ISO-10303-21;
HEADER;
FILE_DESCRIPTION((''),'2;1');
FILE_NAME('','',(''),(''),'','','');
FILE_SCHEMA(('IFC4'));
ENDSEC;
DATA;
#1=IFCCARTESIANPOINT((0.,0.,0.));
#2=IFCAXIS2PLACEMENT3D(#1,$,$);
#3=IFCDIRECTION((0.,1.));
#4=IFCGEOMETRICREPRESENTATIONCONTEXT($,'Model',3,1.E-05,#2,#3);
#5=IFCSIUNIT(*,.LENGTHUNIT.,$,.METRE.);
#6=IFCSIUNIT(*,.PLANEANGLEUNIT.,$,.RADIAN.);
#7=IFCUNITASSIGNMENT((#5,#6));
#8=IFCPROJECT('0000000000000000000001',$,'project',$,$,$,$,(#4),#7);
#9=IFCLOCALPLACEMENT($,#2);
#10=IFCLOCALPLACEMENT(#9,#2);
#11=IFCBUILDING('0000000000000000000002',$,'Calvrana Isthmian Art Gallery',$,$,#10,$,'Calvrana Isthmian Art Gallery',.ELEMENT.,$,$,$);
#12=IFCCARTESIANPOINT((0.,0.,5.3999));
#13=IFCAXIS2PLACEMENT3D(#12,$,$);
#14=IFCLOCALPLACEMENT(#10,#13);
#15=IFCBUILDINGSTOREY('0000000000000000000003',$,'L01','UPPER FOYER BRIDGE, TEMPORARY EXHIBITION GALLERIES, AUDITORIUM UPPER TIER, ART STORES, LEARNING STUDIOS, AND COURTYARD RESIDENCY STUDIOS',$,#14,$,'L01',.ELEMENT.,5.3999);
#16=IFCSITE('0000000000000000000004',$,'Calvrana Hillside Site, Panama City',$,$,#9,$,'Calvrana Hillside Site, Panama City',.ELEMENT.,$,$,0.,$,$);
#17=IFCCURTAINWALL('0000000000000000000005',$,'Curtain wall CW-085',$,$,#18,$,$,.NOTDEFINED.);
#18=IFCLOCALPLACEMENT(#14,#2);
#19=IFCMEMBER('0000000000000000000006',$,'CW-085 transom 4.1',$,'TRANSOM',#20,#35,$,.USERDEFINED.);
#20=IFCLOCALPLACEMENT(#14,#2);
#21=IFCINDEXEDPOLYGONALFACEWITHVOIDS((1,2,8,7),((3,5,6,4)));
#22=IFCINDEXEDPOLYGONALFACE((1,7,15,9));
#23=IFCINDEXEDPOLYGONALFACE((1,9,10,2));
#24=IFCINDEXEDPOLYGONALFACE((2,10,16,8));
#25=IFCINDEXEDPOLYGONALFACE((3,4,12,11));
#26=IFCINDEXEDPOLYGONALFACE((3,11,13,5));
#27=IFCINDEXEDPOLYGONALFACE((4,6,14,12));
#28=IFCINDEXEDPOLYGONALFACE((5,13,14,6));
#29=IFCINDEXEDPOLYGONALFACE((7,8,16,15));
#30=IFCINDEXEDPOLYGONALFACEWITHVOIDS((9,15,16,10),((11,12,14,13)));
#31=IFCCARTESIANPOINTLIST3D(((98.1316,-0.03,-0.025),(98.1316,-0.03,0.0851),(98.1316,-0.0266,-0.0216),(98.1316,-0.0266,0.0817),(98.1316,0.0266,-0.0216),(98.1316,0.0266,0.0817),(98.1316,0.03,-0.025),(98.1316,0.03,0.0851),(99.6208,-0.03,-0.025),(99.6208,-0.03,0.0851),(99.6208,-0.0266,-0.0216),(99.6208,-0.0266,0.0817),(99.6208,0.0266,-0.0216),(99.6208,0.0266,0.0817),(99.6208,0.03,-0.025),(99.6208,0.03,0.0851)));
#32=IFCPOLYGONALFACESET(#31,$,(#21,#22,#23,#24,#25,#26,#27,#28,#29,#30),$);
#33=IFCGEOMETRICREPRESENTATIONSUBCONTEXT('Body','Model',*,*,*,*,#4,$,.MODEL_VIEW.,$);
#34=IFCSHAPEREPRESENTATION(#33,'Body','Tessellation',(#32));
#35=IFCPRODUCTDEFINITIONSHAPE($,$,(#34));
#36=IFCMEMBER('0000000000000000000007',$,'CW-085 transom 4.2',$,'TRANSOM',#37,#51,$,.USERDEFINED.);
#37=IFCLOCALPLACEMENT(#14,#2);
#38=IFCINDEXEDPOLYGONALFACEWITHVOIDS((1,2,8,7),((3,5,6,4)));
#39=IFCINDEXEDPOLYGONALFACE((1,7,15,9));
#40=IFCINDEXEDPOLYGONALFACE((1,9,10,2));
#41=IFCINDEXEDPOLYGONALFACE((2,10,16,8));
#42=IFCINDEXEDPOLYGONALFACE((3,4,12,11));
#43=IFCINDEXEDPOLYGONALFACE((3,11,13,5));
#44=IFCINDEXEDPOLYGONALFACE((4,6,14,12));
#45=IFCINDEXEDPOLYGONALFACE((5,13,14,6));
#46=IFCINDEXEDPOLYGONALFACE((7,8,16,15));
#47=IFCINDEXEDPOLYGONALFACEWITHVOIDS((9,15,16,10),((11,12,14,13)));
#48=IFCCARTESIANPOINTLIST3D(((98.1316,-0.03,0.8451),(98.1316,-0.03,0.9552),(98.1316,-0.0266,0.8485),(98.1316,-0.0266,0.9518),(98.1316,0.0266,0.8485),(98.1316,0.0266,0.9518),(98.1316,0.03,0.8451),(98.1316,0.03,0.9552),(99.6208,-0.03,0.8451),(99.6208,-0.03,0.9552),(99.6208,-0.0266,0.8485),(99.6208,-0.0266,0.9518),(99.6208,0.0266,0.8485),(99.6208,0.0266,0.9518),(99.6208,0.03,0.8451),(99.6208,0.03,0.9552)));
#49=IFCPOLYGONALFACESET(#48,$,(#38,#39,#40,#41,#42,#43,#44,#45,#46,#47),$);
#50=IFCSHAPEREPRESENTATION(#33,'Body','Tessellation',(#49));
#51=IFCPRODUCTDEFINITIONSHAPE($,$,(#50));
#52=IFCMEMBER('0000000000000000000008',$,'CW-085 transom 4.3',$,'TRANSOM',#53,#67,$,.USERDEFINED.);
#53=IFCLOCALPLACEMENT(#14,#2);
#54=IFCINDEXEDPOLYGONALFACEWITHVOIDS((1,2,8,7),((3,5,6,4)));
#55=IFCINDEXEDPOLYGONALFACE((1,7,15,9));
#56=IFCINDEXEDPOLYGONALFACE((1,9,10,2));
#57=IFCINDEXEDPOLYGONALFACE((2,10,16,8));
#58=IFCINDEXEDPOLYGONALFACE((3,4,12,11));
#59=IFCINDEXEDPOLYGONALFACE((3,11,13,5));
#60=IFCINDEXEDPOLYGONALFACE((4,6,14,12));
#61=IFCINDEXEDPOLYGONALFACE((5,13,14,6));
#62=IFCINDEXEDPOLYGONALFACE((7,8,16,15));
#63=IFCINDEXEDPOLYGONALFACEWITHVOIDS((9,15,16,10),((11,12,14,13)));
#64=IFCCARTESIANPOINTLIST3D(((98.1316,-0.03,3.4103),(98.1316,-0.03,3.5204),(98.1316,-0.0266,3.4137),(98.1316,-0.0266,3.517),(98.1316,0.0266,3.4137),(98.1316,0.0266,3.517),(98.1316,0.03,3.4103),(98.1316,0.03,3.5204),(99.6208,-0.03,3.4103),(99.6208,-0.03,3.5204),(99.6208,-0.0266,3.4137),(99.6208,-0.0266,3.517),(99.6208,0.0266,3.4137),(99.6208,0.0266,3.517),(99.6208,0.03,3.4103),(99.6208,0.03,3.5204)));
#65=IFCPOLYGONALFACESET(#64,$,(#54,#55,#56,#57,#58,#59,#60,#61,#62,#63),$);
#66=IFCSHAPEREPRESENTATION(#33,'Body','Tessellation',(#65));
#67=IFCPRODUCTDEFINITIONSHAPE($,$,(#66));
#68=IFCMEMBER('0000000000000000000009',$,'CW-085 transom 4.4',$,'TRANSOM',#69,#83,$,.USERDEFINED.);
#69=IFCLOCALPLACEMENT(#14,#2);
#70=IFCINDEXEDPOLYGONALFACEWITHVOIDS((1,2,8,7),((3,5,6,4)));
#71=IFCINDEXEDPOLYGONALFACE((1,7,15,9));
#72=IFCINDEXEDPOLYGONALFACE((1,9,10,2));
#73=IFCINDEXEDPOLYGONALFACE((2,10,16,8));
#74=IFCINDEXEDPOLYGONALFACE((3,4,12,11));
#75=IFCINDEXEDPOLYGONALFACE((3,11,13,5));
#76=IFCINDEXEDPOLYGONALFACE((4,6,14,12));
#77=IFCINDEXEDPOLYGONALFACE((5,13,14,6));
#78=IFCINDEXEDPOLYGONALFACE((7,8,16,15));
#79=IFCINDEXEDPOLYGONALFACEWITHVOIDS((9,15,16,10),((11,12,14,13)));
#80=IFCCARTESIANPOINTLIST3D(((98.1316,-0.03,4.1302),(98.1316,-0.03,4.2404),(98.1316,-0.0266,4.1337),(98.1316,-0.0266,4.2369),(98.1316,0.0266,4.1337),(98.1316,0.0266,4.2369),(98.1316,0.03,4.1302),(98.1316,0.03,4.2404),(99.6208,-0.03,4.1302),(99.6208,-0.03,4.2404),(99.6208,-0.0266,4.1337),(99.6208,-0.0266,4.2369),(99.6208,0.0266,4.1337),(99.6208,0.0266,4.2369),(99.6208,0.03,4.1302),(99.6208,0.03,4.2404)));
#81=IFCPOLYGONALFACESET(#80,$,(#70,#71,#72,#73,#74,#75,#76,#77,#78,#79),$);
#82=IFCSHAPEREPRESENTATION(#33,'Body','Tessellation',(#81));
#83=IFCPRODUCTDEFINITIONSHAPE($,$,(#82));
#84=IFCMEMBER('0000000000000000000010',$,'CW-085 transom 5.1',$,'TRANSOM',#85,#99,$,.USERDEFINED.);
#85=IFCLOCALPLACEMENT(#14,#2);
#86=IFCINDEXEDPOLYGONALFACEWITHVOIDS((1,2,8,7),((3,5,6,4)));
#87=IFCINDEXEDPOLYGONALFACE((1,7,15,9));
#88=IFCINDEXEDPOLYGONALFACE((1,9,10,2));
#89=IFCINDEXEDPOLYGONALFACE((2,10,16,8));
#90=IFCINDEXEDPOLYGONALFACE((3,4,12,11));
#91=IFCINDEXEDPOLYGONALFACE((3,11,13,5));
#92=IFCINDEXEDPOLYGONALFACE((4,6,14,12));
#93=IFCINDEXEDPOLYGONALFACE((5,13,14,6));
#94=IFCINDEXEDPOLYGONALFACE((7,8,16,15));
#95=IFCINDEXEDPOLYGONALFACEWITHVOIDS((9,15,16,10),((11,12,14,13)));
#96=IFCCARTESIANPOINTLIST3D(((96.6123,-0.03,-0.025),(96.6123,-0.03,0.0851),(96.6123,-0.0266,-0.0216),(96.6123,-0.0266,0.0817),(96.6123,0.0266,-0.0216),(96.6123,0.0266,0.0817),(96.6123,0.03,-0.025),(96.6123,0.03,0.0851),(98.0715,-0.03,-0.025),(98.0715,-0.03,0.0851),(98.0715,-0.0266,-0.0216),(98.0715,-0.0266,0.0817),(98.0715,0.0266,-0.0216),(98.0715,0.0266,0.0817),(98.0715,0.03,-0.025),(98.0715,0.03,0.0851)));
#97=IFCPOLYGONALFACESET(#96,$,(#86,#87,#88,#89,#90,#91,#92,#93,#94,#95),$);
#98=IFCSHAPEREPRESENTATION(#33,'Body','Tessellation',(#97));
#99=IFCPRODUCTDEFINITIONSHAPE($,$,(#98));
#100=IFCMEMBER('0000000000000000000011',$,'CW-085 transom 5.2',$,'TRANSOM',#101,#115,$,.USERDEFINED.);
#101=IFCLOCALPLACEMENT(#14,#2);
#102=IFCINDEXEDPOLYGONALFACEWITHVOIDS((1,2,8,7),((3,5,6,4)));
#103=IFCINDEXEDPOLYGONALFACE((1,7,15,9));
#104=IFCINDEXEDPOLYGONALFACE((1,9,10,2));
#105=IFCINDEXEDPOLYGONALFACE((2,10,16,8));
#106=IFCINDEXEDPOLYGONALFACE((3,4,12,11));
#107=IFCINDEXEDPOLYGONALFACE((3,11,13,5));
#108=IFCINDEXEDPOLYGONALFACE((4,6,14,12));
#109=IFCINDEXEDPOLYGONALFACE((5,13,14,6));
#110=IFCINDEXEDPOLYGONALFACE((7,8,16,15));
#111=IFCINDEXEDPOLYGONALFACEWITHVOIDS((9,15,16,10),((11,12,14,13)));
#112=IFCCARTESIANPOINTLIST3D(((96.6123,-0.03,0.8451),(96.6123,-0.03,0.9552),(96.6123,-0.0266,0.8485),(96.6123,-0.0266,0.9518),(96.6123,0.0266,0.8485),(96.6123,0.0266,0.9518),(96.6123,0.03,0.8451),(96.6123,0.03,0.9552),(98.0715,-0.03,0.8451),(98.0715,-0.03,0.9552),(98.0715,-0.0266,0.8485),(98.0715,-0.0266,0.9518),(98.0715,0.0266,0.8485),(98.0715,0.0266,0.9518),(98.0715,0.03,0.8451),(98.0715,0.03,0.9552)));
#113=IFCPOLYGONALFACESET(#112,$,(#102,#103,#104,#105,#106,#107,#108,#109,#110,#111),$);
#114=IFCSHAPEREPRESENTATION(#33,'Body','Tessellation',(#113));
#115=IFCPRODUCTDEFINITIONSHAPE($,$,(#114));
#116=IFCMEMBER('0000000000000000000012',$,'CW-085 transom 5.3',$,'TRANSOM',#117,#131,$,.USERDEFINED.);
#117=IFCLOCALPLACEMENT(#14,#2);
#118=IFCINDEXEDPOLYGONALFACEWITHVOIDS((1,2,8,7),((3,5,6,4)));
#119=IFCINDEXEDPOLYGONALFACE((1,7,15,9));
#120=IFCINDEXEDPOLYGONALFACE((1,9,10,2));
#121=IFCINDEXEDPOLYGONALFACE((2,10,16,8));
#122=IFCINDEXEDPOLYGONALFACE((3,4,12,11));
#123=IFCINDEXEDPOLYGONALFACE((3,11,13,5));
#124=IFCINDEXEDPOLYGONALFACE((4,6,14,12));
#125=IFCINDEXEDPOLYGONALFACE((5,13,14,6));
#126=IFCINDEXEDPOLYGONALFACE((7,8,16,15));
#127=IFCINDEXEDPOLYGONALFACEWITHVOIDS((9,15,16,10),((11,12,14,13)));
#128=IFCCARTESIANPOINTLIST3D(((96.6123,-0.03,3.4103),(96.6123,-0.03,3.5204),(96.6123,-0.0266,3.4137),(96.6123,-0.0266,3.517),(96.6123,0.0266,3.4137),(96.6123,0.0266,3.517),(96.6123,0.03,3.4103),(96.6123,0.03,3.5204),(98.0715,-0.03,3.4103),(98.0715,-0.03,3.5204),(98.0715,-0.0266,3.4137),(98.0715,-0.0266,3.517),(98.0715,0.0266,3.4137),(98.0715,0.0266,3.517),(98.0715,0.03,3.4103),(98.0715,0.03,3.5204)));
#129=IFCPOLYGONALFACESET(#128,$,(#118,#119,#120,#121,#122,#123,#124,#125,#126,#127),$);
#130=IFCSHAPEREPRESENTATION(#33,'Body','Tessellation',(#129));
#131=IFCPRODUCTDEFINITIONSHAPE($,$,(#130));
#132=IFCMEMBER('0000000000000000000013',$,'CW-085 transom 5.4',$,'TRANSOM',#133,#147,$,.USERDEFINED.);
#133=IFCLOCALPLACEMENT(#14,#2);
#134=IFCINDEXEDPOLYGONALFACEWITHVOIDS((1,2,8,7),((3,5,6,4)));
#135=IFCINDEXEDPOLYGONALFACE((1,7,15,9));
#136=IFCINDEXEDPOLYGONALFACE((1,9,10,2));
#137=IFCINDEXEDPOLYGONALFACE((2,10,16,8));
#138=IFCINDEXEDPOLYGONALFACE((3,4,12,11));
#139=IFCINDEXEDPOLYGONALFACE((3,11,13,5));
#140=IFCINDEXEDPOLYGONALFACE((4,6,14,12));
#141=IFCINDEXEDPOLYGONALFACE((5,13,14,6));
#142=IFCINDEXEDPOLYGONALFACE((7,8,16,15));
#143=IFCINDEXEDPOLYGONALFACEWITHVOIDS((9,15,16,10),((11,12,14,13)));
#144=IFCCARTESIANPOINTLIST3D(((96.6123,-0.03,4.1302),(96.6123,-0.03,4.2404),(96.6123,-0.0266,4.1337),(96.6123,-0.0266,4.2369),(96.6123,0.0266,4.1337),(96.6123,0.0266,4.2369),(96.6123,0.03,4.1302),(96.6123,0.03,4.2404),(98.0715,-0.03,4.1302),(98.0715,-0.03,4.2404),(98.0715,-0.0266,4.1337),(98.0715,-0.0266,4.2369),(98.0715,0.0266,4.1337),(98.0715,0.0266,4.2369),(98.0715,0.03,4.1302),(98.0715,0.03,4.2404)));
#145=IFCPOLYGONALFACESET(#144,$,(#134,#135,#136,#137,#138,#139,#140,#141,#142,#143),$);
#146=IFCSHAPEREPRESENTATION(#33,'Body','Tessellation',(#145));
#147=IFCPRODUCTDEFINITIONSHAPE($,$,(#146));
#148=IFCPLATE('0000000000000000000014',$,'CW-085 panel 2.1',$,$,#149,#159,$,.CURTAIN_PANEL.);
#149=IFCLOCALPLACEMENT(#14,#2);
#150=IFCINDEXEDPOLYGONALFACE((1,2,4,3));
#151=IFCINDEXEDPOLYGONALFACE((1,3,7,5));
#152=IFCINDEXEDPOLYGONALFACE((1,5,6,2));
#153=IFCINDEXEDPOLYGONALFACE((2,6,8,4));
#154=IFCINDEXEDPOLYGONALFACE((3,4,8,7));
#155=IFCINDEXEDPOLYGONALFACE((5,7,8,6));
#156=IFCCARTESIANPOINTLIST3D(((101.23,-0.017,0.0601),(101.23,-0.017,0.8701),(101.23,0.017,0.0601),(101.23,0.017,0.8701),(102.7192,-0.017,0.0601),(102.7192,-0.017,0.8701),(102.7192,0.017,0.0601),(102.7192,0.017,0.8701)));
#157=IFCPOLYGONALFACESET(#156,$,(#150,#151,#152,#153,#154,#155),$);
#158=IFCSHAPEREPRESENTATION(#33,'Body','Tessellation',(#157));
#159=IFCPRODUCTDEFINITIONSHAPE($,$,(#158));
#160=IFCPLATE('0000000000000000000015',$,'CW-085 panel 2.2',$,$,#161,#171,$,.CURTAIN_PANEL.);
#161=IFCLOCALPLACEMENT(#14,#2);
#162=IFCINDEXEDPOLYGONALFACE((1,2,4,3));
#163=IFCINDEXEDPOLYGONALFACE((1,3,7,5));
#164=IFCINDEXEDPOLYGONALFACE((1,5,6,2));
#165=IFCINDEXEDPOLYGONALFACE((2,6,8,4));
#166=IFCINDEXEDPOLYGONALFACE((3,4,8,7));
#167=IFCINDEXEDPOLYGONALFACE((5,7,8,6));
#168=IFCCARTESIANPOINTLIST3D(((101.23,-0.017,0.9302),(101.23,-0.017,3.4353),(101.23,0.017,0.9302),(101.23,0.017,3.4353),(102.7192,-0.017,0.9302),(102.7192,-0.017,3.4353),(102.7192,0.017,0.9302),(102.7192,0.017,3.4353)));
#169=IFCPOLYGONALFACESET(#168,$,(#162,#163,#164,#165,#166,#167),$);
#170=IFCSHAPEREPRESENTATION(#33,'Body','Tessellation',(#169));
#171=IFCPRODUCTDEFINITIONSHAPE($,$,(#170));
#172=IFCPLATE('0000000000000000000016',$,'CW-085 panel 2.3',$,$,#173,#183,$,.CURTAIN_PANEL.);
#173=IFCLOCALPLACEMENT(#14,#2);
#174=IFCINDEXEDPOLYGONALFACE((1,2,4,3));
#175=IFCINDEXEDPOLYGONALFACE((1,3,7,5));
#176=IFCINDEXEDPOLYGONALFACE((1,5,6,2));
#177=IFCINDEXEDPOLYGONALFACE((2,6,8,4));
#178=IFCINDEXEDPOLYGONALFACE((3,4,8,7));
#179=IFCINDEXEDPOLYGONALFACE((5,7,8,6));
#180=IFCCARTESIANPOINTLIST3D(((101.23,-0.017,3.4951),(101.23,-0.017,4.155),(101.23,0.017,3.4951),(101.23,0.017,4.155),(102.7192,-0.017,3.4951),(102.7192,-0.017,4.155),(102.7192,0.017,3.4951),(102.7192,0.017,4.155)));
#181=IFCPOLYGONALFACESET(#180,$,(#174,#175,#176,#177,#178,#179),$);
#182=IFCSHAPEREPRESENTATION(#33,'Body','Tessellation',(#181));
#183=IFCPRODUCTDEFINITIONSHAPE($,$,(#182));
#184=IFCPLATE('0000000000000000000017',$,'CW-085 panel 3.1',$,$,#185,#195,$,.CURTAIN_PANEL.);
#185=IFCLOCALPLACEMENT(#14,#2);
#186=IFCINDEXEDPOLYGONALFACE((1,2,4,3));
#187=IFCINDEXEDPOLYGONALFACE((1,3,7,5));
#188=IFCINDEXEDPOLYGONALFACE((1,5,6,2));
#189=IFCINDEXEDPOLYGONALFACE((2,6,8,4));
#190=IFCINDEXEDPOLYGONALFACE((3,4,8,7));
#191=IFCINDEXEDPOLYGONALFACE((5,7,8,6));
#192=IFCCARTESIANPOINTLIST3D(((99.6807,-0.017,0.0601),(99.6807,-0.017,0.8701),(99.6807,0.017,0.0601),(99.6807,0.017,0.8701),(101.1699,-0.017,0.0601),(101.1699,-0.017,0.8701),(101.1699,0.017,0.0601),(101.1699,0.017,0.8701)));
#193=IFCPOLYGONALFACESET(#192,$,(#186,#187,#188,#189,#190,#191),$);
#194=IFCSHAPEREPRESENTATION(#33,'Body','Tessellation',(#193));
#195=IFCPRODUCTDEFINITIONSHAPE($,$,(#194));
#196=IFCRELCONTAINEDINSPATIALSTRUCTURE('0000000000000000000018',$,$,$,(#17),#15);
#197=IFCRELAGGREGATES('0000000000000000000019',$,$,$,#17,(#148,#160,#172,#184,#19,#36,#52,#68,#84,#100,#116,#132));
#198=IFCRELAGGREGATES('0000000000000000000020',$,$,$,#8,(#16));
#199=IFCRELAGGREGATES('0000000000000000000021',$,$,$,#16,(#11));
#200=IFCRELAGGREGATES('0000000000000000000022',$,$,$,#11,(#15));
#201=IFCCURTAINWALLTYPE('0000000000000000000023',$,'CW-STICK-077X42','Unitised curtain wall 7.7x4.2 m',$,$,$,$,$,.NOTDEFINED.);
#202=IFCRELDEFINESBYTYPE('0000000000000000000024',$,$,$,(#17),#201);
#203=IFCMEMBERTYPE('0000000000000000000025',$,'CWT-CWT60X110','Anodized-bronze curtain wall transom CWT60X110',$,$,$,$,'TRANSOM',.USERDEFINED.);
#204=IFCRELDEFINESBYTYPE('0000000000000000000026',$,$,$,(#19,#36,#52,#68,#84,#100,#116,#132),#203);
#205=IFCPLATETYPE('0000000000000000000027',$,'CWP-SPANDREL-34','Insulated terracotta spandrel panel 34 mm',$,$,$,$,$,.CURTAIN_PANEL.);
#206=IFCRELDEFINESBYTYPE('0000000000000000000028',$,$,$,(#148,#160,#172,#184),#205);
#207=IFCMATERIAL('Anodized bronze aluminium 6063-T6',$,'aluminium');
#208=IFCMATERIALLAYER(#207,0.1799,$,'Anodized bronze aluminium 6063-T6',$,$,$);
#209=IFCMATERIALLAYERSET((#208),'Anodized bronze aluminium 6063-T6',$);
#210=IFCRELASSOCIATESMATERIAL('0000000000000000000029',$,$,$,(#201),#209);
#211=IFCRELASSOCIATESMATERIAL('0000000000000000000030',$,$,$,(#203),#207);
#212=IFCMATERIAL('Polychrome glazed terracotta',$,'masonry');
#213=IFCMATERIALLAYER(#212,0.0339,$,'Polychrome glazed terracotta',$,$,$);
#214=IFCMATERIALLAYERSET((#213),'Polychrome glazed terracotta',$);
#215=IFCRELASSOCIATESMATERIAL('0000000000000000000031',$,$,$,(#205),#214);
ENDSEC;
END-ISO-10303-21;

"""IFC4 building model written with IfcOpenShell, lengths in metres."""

from ifc_helpers import new_model, si_unit, direction, frame, origin, origin_2d, place, context, subcontext, project, spatial, rectangle, hollow_rectangle, extrude, material, layer, layer_set, material_profile, profile_set, type_object, element, aggregate, save


model = new_model("IFC4")

# Units and contexts
model_context = context("Model", 3, precision=1e-05, world=origin(), true_north=direction((0.0, 1.0)))
body_context = subcontext(model_context, "Body", "Model", "MODEL_VIEW")
ifc_project = project(units=[si_unit("LENGTHUNIT", "METRE"), si_unit("PLANEANGLEUNIT", "RADIAN")], contexts=[model_context])

# Site, building, storey
site_placement = place(None, origin())
site = spatial("IfcSite", under=ifc_project, at=site_placement, Name="Calvrana Hillside Site, Panama City", LongName="Calvrana Hillside Site, Panama City", CompositionType="ELEMENT", RefElevation=0.0)
building_placement = place(site_placement, origin())
building = spatial("IfcBuilding", under=site, at=building_placement, Name="Calvrana Isthmian Art Gallery", LongName="Calvrana Isthmian Art Gallery", CompositionType="ELEMENT")
storey_placement = place(building_placement, frame((0.0, 0.0, 5.3999)))
storey = spatial("IfcBuildingStorey", under=building, at=storey_placement, Name="L01", Description="UPPER FOYER BRIDGE, TEMPORARY EXHIBITION GALLERIES, AUDITORIUM UPPER TIER, ART STORES, LEARNING STUDIOS, AND COURTYARD RESIDENCY STUDIOS", LongName="L01", CompositionType="ELEMENT", Elevation=5.3999)

# Curtain wall, members, plates
ifc_material_1 = material(Name="Anodized bronze aluminium 6063-T6", Category="aluminium")
ifc_layer_1 = layer(ifc_material_1, 0.1799, Name="Anodized bronze aluminium 6063-T6")
ifc_layer_set_1 = layer_set([ifc_layer_1], Name="Anodized bronze aluminium 6063-T6")
curtain_wall_type = type_object("IfcCurtainWallType", Name="CW-STICK-077X42", Description="Unitised curtain wall 7.7x4.2 m", PredefinedType="NOTDEFINED", material=ifc_layer_set_1)
curtain_wall_placement = place(storey_placement, origin())
curtain_wall = element("IfcCurtainWall", 1, at=curtain_wall_placement, inside=storey, type_object=curtain_wall_type, Name="Curtain wall CW-085", PredefinedType="NOTDEFINED")
ifc_material_profile_1 = material_profile(ifc_material_1, hollow_rectangle(XDim=0.0601, YDim=0.1101, WallThickness=0.0034, at=origin_2d()), Name="CWT60X110")
ifc_profile_set_1 = profile_set([ifc_material_profile_1], Name="Anodized bronze aluminium 6063-T6")
member_type_1 = type_object("IfcMemberType", Name="CWT-CWT60X110", Description="Anodized-bronze curtain wall transom CWT60X110", ElementType="TRANSOM", PredefinedType="USERDEFINED", material=ifc_profile_set_1)
member_1_placement = place(storey_placement, frame((99.6208, 0.0, 0.03), z_axis=(-1.0, 0.0, 0.0), x_axis=(0.0, -1.0, 0.0)))
member_1 = element("IfcMember", 2, at=member_1_placement, type_object=member_type_1, Name="CW-085 transom 4.1", ObjectType="TRANSOM", PredefinedType="USERDEFINED", context=body_context, shape_type="SweptSolid", body=[
    extrude(hollow_rectangle(XDim=0.0601, YDim=0.1101, WallThickness=0.0034, at=origin_2d()), origin(), (0.0, 0.0, 1.0), 1.4893),
])
member_2_placement = place(storey_placement, frame((99.6208, 0.0, 0.9001), z_axis=(-1.0, 0.0, 0.0), x_axis=(0.0, -1.0, 0.0)))
member_2 = element("IfcMember", 3, at=member_2_placement, type_object=member_type_1, Name="CW-085 transom 4.2", ObjectType="TRANSOM", PredefinedType="USERDEFINED", context=body_context, shape_type="SweptSolid", body=[
    extrude(hollow_rectangle(XDim=0.0601, YDim=0.1101, WallThickness=0.0034, at=origin_2d()), origin(), (0.0, 0.0, 1.0), 1.4893),
])
member_3_placement = place(storey_placement, frame((99.6208, 0.0, 3.4653), z_axis=(-1.0, 0.0, 0.0), x_axis=(0.0, -1.0, 0.0)))
member_3 = element("IfcMember", 4, at=member_3_placement, type_object=member_type_1, Name="CW-085 transom 4.3", ObjectType="TRANSOM", PredefinedType="USERDEFINED", context=body_context, shape_type="SweptSolid", body=[
    extrude(hollow_rectangle(XDim=0.0601, YDim=0.1101, WallThickness=0.0034, at=origin_2d()), origin(), (0.0, 0.0, 1.0), 1.4893),
])
member_4_placement = place(storey_placement, frame((99.6208, 0.0, 4.1853), z_axis=(-1.0, 0.0, 0.0), x_axis=(0.0, -1.0, 0.0)))
member_4 = element("IfcMember", 5, at=member_4_placement, type_object=member_type_1, Name="CW-085 transom 4.4", ObjectType="TRANSOM", PredefinedType="USERDEFINED", context=body_context, shape_type="SweptSolid", body=[
    extrude(hollow_rectangle(XDim=0.0601, YDim=0.1101, WallThickness=0.0034, at=origin_2d()), origin(), (0.0, 0.0, 1.0), 1.4893),
])
member_5_placement = place(storey_placement, frame((98.0715, 0.0, 0.03), z_axis=(-1.0, 0.0, 0.0), x_axis=(0.0, -1.0, 0.0)))
member_5 = element("IfcMember", 6, at=member_5_placement, type_object=member_type_1, Name="CW-085 transom 5.1", ObjectType="TRANSOM", PredefinedType="USERDEFINED", context=body_context, shape_type="SweptSolid", body=[
    extrude(hollow_rectangle(XDim=0.0601, YDim=0.1101, WallThickness=0.0034, at=origin_2d()), origin(), (0.0, 0.0, 1.0), 1.4592),
])
member_6_placement = place(storey_placement, frame((98.0715, 0.0, 0.9001), z_axis=(-1.0, 0.0, 0.0), x_axis=(0.0, -1.0, 0.0)))
member_6 = element("IfcMember", 7, at=member_6_placement, type_object=member_type_1, Name="CW-085 transom 5.2", ObjectType="TRANSOM", PredefinedType="USERDEFINED", context=body_context, shape_type="SweptSolid", body=[
    extrude(hollow_rectangle(XDim=0.0601, YDim=0.1101, WallThickness=0.0034, at=origin_2d()), origin(), (0.0, 0.0, 1.0), 1.4592),
])
member_7_placement = place(storey_placement, frame((98.0715, 0.0, 3.4653), z_axis=(-1.0, 0.0, 0.0), x_axis=(0.0, -1.0, 0.0)))
member_7 = element("IfcMember", 8, at=member_7_placement, type_object=member_type_1, Name="CW-085 transom 5.3", ObjectType="TRANSOM", PredefinedType="USERDEFINED", context=body_context, shape_type="SweptSolid", body=[
    extrude(hollow_rectangle(XDim=0.0601, YDim=0.1101, WallThickness=0.0034, at=origin_2d()), origin(), (0.0, 0.0, 1.0), 1.4592),
])
member_8_placement = place(storey_placement, frame((98.0715, 0.0, 4.1853), z_axis=(-1.0, 0.0, 0.0), x_axis=(0.0, -1.0, 0.0)))
member_8 = element("IfcMember", 9, at=member_8_placement, type_object=member_type_1, Name="CW-085 transom 5.4", ObjectType="TRANSOM", PredefinedType="USERDEFINED", context=body_context, shape_type="SweptSolid", body=[
    extrude(hollow_rectangle(XDim=0.0601, YDim=0.1101, WallThickness=0.0034, at=origin_2d()), origin(), (0.0, 0.0, 1.0), 1.4592),
])
ifc_material_2 = material(Name="Polychrome glazed terracotta", Category="masonry")
ifc_layer_2 = layer(ifc_material_2, 0.0339, Name="Polychrome glazed terracotta")
ifc_layer_set_2 = layer_set([ifc_layer_2], Name="Polychrome glazed terracotta")
plate_type = type_object("IfcPlateType", Name="CWP-SPANDREL-34", Description="Insulated terracotta spandrel panel 34 mm", PredefinedType="CURTAIN_PANEL", material=ifc_layer_set_2)
plate_1_placement = place(storey_placement, frame((101.9746, 0.0, 0.0601), z_axis=(0.0, 0.0, 1.0), x_axis=(-1.0, 0.0, 0.0)))
plate_1 = element("IfcPlate", 10, at=plate_1_placement, type_object=plate_type, Name="CW-085 panel 2.1", PredefinedType="CURTAIN_PANEL", context=body_context, shape_type="SweptSolid", body=[
    extrude(rectangle(XDim=1.4893, YDim=0.0339, at=origin_2d()), origin(), (0.0, 0.0, 1.0), 0.8101),
])
plate_2_placement = place(storey_placement, frame((101.9746, 0.0, 0.9302), z_axis=(0.0, 0.0, 1.0), x_axis=(-1.0, 0.0, 0.0)))
plate_2 = element("IfcPlate", 11, at=plate_2_placement, type_object=plate_type, Name="CW-085 panel 2.2", PredefinedType="CURTAIN_PANEL", context=body_context, shape_type="SweptSolid", body=[
    extrude(rectangle(XDim=1.4893, YDim=0.0339, at=origin_2d()), origin(), (0.0, 0.0, 1.0), 2.5051),
])
plate_3_placement = place(storey_placement, frame((101.9746, 0.0, 3.4951), z_axis=(0.0, 0.0, 1.0), x_axis=(-1.0, 0.0, 0.0)))
plate_3 = element("IfcPlate", 12, at=plate_3_placement, type_object=plate_type, Name="CW-085 panel 2.3", PredefinedType="CURTAIN_PANEL", context=body_context, shape_type="SweptSolid", body=[
    extrude(rectangle(XDim=1.4893, YDim=0.0339, at=origin_2d()), origin(), (0.0, 0.0, 1.0), 0.6599),
])
plate_4_placement = place(storey_placement, frame((100.4253, 0.0, 0.0601), z_axis=(0.0, 0.0, 1.0), x_axis=(-1.0, 0.0, 0.0)))
plate_4 = element("IfcPlate", 13, at=plate_4_placement, type_object=plate_type, Name="CW-085 panel 3.1", PredefinedType="CURTAIN_PANEL", context=body_context, shape_type="SweptSolid", body=[
    extrude(rectangle(XDim=1.4893, YDim=0.0339, at=origin_2d()), origin(), (0.0, 0.0, 1.0), 0.8101),
])
aggregate(curtain_wall, [plate_1, plate_2, plate_3, plate_4, member_1, member_2, member_3, member_4, member_5, member_6, member_7, member_8])

save(model, "model.ifc")
